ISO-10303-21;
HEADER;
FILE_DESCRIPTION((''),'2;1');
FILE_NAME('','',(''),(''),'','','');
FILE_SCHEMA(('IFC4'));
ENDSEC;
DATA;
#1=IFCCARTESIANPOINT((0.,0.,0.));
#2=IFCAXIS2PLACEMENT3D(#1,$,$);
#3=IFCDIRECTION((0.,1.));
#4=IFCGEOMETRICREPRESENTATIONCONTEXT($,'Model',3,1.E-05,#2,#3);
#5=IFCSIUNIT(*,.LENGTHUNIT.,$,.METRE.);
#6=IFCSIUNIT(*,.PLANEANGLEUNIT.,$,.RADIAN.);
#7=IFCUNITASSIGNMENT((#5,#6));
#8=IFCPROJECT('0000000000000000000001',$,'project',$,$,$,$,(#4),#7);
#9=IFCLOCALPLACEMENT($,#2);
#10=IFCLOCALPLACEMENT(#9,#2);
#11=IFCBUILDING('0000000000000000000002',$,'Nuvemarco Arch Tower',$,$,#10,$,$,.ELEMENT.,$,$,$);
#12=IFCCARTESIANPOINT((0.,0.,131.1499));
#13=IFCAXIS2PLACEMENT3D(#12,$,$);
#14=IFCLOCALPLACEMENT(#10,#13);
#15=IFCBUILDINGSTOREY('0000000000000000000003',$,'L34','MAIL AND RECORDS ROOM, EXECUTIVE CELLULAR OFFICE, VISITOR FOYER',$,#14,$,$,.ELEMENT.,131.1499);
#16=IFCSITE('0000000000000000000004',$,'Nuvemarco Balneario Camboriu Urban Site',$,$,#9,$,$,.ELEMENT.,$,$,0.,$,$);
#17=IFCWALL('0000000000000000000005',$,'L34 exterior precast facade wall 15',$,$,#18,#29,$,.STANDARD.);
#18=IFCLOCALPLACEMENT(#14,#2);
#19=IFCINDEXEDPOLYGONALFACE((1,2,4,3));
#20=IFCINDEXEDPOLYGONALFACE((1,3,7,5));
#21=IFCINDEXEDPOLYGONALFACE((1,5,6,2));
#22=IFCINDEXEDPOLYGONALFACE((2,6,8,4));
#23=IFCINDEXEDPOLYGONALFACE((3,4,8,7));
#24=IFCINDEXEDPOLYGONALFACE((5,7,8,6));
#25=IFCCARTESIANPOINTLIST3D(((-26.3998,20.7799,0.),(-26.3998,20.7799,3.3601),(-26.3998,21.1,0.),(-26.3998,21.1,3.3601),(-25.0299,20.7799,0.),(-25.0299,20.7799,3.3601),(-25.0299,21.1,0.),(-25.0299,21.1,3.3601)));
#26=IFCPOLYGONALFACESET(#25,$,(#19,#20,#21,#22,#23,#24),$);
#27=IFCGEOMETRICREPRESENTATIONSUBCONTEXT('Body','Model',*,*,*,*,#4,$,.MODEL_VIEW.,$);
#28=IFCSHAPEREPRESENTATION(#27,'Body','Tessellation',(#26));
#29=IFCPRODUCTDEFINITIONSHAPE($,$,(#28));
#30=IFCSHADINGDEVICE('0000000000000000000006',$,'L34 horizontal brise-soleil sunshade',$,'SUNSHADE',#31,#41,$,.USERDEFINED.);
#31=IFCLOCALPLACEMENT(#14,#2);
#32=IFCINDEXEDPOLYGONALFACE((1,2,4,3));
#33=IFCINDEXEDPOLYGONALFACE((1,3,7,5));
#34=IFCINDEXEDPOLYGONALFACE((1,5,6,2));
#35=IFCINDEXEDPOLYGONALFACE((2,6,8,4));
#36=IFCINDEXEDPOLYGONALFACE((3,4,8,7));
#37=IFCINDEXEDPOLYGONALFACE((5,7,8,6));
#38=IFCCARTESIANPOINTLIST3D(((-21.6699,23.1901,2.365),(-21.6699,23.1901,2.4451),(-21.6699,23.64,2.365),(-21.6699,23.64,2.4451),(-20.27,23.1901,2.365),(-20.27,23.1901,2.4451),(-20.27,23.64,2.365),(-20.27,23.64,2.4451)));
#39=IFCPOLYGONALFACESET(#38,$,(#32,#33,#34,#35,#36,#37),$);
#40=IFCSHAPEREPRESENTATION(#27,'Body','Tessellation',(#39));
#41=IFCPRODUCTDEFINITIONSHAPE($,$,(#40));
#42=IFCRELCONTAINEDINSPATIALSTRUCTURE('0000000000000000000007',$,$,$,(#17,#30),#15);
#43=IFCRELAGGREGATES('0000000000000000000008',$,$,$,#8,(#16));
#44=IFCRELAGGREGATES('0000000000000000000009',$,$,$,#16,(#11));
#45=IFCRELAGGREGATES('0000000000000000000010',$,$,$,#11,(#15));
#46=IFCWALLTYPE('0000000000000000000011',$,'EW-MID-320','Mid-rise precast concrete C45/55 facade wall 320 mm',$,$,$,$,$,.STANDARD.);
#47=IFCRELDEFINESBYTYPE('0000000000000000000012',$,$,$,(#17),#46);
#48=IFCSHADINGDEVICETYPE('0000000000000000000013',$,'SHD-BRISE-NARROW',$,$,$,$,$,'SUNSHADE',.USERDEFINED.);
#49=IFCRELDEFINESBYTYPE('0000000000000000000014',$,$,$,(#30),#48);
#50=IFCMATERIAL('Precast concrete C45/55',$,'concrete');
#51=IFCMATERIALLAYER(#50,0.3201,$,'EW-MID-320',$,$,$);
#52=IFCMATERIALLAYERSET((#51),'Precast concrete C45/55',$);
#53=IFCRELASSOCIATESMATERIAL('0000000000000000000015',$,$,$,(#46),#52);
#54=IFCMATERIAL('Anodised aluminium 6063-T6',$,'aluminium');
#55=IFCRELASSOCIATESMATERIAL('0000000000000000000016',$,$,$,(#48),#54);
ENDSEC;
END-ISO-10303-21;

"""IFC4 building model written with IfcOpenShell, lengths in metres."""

from ifc_helpers import new_model, si_unit, direction, frame, frame_2d, origin, origin_2d, place, context, subcontext, project, spatial, rectangle, extrude, source, transform, mapped, material, layer, layer_set, type_object, type_shapes, element, save


model = new_model("IFC4")

# Units and contexts
model_context = context("Model", 3, precision=1e-05, world=origin(), true_north=direction((0.0, 1.0)))
body_context = subcontext(model_context, "Body", "Model", "MODEL_VIEW")
ifc_project = project(units=[si_unit("LENGTHUNIT", "METRE"), si_unit("PLANEANGLEUNIT", "RADIAN")], contexts=[model_context])

# Site, building, storey
site_placement = place(None, origin())
site = spatial("IfcSite", under=ifc_project, at=site_placement, Name="Nuvemarco Balneario Camboriu Urban Site", CompositionType="ELEMENT", RefElevation=0.0)
building_placement = place(site_placement, origin())
building = spatial("IfcBuilding", under=site, at=building_placement, Name="Nuvemarco Arch Tower", CompositionType="ELEMENT")
storey_placement = place(building_placement, frame((0.0, 0.0, 131.1499)))
storey = spatial("IfcBuildingStorey", under=building, at=storey_placement, Name="L34", Description="MAIL AND RECORDS ROOM, EXECUTIVE CELLULAR OFFICE, VISITOR FOYER", CompositionType="ELEMENT", Elevation=131.1499)

# Shared definitions
ifc_material_1 = material(Name="Precast concrete C45/55", Category="concrete")
ifc_layer = layer(ifc_material_1, 0.3201, Name="EW-MID-320")
ifc_layer_set = layer_set([ifc_layer], Name="Precast concrete C45/55")
wall_type = type_object("IfcWallType", Name="EW-MID-320", Description="Mid-rise precast concrete C45/55 facade wall 320 mm", PredefinedType="STANDARD", material=ifc_layer_set)

# Wall
wall_1_placement = place(storey_placement, frame((-26.3999, 20.9399, 0.0), z_axis=(0.0, 0.0, 1.0), x_axis=(1.0, 0.0, 0.0)))
element("IfcWall", 1, at=wall_1_placement, inside=storey, type_object=wall_type, Name="L34 exterior precast facade wall 15", PredefinedType="STANDARD", context=body_context, shape_type="SweptSolid", body=[
    extrude(rectangle(XDim=1.3699, YDim=0.3201, at=frame_2d((0.6851, 0.0))), origin(), (0.0, 0.0, 1.0), 3.3601),
])

# Shading device
ifc_material_2 = material(Name="Anodised aluminium 6063-T6", Category="aluminium")
shading_device_type = type_object("IfcShadingDeviceType", Name="SHD-BRISE-NARROW", ElementType="SUNSHADE", PredefinedType="USERDEFINED", material=ifc_material_2)
shared_shape_1 = source(origin(), body_context, "Body", "SweptSolid", [
    extrude(rectangle(XDim=1.3999, YDim=0.45, at=origin_2d()), origin(), (0.0, 0.0, 1.0), 0.0801),
])
type_shapes(shading_device_type, [shared_shape_1])
shading_device_placement = place(storey_placement, frame((-20.97, 23.415, 2.365), z_axis=(0.0, 0.0, 1.0), x_axis=(1.0, 0.0, 0.0)))
element("IfcShadingDevice", 2, at=shading_device_placement, inside=storey, type_object=shading_device_type, Name="L34 horizontal brise-soleil sunshade", ObjectType="SUNSHADE", PredefinedType="USERDEFINED", context=body_context, shape_type="MappedRepresentation", body=[
    mapped(shared_shape_1, transform((0.0, 0.0, 0.0), scale=1.0)),
])

save(model, "model.ifc")
